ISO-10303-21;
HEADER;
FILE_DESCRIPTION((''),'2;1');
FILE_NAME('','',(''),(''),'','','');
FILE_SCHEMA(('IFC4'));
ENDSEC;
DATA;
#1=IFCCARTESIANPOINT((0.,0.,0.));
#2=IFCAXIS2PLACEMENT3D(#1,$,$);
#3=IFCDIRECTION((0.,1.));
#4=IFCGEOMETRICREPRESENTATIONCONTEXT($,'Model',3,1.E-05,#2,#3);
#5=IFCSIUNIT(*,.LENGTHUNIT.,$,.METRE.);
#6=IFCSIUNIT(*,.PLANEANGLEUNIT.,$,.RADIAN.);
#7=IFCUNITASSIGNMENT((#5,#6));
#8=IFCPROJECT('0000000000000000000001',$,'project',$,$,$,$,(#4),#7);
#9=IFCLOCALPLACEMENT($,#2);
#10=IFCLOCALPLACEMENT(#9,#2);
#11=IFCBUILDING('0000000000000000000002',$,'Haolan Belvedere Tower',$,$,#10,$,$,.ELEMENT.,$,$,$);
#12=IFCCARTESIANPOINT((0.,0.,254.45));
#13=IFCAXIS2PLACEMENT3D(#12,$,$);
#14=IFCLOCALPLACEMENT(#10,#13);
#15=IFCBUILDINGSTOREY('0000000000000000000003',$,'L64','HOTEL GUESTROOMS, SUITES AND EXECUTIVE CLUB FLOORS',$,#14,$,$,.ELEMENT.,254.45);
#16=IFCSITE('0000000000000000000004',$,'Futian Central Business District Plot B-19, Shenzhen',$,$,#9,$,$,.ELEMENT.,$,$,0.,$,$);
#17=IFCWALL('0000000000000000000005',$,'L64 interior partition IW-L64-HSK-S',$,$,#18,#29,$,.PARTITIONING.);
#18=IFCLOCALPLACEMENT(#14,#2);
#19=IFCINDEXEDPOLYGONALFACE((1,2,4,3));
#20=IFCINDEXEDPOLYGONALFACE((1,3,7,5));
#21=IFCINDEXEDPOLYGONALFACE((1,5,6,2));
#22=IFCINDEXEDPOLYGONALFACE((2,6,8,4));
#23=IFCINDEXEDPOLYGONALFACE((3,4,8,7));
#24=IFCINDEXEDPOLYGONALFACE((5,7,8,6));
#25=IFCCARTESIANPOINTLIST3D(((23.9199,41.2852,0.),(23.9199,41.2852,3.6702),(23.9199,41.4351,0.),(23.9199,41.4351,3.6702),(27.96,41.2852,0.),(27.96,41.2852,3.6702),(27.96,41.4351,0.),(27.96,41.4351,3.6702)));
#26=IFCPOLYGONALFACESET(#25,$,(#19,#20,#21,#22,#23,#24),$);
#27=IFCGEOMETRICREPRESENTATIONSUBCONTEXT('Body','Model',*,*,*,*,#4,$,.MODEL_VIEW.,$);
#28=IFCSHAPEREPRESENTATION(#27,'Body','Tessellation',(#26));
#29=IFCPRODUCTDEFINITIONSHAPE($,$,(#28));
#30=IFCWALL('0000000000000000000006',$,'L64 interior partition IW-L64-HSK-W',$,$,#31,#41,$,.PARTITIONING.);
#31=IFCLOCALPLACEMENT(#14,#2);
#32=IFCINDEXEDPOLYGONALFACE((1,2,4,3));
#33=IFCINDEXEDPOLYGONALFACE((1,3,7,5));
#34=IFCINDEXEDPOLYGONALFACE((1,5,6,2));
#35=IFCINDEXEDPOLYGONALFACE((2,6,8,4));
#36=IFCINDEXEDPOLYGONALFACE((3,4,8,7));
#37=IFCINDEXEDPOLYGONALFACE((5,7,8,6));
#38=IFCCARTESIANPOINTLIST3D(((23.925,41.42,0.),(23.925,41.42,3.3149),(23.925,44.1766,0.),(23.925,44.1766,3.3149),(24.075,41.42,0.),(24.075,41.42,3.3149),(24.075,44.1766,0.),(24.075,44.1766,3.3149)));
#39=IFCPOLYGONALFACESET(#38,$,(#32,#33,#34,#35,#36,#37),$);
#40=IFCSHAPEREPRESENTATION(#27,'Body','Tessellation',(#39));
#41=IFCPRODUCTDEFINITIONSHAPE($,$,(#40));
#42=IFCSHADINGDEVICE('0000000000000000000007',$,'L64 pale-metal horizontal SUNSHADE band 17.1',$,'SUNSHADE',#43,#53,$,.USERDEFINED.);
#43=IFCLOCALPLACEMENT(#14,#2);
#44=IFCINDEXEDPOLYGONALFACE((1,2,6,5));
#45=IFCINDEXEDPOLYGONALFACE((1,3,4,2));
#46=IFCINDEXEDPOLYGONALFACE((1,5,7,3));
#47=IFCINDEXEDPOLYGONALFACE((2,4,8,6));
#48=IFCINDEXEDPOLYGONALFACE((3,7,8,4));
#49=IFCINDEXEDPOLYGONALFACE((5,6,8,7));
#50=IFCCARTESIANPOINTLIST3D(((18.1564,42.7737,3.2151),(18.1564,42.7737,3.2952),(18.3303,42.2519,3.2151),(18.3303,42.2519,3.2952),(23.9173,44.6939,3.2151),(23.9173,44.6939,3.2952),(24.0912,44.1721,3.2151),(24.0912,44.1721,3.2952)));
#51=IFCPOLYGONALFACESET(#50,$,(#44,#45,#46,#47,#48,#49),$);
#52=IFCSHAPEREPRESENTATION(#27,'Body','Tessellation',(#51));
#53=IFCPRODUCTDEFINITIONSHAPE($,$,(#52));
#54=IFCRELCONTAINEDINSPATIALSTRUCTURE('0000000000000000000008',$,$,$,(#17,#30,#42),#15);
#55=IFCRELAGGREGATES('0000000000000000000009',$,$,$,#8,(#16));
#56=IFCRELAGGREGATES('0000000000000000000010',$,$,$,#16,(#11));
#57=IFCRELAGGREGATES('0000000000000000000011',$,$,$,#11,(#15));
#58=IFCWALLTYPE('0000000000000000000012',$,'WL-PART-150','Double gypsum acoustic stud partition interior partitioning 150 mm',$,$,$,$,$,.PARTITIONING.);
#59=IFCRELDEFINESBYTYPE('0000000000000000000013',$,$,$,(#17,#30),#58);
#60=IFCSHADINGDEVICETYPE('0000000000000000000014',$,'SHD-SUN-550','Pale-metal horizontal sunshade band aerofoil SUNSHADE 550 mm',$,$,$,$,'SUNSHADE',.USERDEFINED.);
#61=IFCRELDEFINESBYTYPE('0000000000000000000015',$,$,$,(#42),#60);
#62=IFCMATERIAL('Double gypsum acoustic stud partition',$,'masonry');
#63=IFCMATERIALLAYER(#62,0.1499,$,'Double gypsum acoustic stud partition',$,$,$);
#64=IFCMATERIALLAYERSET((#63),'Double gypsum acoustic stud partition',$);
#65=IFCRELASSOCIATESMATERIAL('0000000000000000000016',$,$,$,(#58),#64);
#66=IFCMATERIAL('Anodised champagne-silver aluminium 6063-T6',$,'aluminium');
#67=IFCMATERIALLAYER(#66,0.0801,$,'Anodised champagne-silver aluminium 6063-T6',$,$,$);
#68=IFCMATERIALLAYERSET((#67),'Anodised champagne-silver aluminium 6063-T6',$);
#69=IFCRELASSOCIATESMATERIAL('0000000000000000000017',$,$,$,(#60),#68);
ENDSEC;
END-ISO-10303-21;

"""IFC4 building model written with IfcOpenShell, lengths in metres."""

from ifc_helpers import new_model, si_unit, direction, frame, frame_2d, origin, origin_2d, place, context, subcontext, project, spatial, rectangle, extrude, material, layer, layer_set, type_object, element, save


model = new_model("IFC4")

# Units and contexts
model_context = context("Model", 3, precision=1e-05, world=origin(), true_north=direction((0.0, 1.0)))
body_context = subcontext(model_context, "Body", "Model", "MODEL_VIEW")
ifc_project = project(units=[si_unit("LENGTHUNIT", "METRE"), si_unit("PLANEANGLEUNIT", "RADIAN")], contexts=[model_context])

# Site, building, storey
site_placement = place(None, origin())
site = spatial("IfcSite", under=ifc_project, at=site_placement, Name="Futian Central Business District Plot B-19, Shenzhen", CompositionType="ELEMENT", RefElevation=0.0)
building_placement = place(site_placement, origin())
building = spatial("IfcBuilding", under=site, at=building_placement, Name="Haolan Belvedere Tower", CompositionType="ELEMENT")
storey_placement = place(building_placement, frame((0.0, 0.0, 254.45)))
storey = spatial("IfcBuildingStorey", under=building, at=storey_placement, Name="L64", Description="HOTEL GUESTROOMS, SUITES AND EXECUTIVE CLUB FLOORS", CompositionType="ELEMENT", Elevation=254.45)

# Walls
ifc_material_1 = material(Name="Double gypsum acoustic stud partition", Category="masonry")
ifc_layer_1 = layer(ifc_material_1, 0.1499, Name="Double gypsum acoustic stud partition")
ifc_layer_set_1 = layer_set([ifc_layer_1], Name="Double gypsum acoustic stud partition")
wall_type_1 = type_object("IfcWallType", Name="WL-PART-150", Description="Double gypsum acoustic stud partition interior partitioning 150 mm", PredefinedType="PARTITIONING", material=ifc_layer_set_1)
for number, where, z_axis, x_axis, name in (
    (1, (23.9199, 41.3601, 0.0), (0.0, 0.0, 1.0), (1.0, 0.0, 0.0), "L64 interior partition IW-L64-HSK-S"),
):
    element("IfcWall", number, at=place(storey_placement, frame(where, z_axis=z_axis, x_axis=x_axis)), inside=storey, type_object=wall_type_1, Name=name, PredefinedType="PARTITIONING", context=body_context, shape_type="SweptSolid", body=[
        extrude(rectangle(XDim=4.04, YDim=0.1499, at=frame_2d((2.02, 0.0))), origin(), (0.0, 0.0, 1.0), 3.6702),
    ])
wall_1_placement = place(storey_placement, frame((24.0, 41.4199, 0.0), z_axis=(0.0, 0.0, 1.0), x_axis=(0.0, 1.0, 0.0)))
element("IfcWall", 2, at=wall_1_placement, inside=storey, type_object=wall_type_1, Name="L64 interior partition IW-L64-HSK-W", PredefinedType="PARTITIONING", context=body_context, shape_type="SweptSolid", body=[
    extrude(rectangle(XDim=2.7566, YDim=0.1499, at=frame_2d((1.3784, 0.0))), origin(), (0.0, 0.0, 1.0), 3.3149),
])

# Shading device
ifc_material_2 = material(Name="Anodised champagne-silver aluminium 6063-T6", Category="aluminium")
ifc_layer_2 = layer(ifc_material_2, 0.0801, Name="Anodised champagne-silver aluminium 6063-T6")
ifc_layer_set_2 = layer_set([ifc_layer_2], Name="Anodised champagne-silver aluminium 6063-T6")
shading_device_type = type_object("IfcShadingDeviceType", Name="SHD-SUN-550", Description="Pale-metal horizontal sunshade band aerofoil SUNSHADE 550 mm", ElementType="SUNSHADE", PredefinedType="USERDEFINED", material=ifc_layer_set_2)
shading_device_placement = place(storey_placement, frame((21.1238, 43.4729, 3.2151), z_axis=(0.0, 0.0, 1.0), x_axis=(-0.948689, -0.316212, 0.0)))
element("IfcShadingDevice", 3, at=shading_device_placement, inside=storey, type_object=shading_device_type, Name="L64 pale-metal horizontal SUNSHADE band 17.1", ObjectType="SUNSHADE", PredefinedType="USERDEFINED", context=body_context, shape_type="SweptSolid", body=[
    extrude(rectangle(XDim=6.0725, YDim=0.55, at=origin_2d()), origin(), (0.0, 0.0, 1.0), 0.0801),
])

save(model, "model.ifc")
